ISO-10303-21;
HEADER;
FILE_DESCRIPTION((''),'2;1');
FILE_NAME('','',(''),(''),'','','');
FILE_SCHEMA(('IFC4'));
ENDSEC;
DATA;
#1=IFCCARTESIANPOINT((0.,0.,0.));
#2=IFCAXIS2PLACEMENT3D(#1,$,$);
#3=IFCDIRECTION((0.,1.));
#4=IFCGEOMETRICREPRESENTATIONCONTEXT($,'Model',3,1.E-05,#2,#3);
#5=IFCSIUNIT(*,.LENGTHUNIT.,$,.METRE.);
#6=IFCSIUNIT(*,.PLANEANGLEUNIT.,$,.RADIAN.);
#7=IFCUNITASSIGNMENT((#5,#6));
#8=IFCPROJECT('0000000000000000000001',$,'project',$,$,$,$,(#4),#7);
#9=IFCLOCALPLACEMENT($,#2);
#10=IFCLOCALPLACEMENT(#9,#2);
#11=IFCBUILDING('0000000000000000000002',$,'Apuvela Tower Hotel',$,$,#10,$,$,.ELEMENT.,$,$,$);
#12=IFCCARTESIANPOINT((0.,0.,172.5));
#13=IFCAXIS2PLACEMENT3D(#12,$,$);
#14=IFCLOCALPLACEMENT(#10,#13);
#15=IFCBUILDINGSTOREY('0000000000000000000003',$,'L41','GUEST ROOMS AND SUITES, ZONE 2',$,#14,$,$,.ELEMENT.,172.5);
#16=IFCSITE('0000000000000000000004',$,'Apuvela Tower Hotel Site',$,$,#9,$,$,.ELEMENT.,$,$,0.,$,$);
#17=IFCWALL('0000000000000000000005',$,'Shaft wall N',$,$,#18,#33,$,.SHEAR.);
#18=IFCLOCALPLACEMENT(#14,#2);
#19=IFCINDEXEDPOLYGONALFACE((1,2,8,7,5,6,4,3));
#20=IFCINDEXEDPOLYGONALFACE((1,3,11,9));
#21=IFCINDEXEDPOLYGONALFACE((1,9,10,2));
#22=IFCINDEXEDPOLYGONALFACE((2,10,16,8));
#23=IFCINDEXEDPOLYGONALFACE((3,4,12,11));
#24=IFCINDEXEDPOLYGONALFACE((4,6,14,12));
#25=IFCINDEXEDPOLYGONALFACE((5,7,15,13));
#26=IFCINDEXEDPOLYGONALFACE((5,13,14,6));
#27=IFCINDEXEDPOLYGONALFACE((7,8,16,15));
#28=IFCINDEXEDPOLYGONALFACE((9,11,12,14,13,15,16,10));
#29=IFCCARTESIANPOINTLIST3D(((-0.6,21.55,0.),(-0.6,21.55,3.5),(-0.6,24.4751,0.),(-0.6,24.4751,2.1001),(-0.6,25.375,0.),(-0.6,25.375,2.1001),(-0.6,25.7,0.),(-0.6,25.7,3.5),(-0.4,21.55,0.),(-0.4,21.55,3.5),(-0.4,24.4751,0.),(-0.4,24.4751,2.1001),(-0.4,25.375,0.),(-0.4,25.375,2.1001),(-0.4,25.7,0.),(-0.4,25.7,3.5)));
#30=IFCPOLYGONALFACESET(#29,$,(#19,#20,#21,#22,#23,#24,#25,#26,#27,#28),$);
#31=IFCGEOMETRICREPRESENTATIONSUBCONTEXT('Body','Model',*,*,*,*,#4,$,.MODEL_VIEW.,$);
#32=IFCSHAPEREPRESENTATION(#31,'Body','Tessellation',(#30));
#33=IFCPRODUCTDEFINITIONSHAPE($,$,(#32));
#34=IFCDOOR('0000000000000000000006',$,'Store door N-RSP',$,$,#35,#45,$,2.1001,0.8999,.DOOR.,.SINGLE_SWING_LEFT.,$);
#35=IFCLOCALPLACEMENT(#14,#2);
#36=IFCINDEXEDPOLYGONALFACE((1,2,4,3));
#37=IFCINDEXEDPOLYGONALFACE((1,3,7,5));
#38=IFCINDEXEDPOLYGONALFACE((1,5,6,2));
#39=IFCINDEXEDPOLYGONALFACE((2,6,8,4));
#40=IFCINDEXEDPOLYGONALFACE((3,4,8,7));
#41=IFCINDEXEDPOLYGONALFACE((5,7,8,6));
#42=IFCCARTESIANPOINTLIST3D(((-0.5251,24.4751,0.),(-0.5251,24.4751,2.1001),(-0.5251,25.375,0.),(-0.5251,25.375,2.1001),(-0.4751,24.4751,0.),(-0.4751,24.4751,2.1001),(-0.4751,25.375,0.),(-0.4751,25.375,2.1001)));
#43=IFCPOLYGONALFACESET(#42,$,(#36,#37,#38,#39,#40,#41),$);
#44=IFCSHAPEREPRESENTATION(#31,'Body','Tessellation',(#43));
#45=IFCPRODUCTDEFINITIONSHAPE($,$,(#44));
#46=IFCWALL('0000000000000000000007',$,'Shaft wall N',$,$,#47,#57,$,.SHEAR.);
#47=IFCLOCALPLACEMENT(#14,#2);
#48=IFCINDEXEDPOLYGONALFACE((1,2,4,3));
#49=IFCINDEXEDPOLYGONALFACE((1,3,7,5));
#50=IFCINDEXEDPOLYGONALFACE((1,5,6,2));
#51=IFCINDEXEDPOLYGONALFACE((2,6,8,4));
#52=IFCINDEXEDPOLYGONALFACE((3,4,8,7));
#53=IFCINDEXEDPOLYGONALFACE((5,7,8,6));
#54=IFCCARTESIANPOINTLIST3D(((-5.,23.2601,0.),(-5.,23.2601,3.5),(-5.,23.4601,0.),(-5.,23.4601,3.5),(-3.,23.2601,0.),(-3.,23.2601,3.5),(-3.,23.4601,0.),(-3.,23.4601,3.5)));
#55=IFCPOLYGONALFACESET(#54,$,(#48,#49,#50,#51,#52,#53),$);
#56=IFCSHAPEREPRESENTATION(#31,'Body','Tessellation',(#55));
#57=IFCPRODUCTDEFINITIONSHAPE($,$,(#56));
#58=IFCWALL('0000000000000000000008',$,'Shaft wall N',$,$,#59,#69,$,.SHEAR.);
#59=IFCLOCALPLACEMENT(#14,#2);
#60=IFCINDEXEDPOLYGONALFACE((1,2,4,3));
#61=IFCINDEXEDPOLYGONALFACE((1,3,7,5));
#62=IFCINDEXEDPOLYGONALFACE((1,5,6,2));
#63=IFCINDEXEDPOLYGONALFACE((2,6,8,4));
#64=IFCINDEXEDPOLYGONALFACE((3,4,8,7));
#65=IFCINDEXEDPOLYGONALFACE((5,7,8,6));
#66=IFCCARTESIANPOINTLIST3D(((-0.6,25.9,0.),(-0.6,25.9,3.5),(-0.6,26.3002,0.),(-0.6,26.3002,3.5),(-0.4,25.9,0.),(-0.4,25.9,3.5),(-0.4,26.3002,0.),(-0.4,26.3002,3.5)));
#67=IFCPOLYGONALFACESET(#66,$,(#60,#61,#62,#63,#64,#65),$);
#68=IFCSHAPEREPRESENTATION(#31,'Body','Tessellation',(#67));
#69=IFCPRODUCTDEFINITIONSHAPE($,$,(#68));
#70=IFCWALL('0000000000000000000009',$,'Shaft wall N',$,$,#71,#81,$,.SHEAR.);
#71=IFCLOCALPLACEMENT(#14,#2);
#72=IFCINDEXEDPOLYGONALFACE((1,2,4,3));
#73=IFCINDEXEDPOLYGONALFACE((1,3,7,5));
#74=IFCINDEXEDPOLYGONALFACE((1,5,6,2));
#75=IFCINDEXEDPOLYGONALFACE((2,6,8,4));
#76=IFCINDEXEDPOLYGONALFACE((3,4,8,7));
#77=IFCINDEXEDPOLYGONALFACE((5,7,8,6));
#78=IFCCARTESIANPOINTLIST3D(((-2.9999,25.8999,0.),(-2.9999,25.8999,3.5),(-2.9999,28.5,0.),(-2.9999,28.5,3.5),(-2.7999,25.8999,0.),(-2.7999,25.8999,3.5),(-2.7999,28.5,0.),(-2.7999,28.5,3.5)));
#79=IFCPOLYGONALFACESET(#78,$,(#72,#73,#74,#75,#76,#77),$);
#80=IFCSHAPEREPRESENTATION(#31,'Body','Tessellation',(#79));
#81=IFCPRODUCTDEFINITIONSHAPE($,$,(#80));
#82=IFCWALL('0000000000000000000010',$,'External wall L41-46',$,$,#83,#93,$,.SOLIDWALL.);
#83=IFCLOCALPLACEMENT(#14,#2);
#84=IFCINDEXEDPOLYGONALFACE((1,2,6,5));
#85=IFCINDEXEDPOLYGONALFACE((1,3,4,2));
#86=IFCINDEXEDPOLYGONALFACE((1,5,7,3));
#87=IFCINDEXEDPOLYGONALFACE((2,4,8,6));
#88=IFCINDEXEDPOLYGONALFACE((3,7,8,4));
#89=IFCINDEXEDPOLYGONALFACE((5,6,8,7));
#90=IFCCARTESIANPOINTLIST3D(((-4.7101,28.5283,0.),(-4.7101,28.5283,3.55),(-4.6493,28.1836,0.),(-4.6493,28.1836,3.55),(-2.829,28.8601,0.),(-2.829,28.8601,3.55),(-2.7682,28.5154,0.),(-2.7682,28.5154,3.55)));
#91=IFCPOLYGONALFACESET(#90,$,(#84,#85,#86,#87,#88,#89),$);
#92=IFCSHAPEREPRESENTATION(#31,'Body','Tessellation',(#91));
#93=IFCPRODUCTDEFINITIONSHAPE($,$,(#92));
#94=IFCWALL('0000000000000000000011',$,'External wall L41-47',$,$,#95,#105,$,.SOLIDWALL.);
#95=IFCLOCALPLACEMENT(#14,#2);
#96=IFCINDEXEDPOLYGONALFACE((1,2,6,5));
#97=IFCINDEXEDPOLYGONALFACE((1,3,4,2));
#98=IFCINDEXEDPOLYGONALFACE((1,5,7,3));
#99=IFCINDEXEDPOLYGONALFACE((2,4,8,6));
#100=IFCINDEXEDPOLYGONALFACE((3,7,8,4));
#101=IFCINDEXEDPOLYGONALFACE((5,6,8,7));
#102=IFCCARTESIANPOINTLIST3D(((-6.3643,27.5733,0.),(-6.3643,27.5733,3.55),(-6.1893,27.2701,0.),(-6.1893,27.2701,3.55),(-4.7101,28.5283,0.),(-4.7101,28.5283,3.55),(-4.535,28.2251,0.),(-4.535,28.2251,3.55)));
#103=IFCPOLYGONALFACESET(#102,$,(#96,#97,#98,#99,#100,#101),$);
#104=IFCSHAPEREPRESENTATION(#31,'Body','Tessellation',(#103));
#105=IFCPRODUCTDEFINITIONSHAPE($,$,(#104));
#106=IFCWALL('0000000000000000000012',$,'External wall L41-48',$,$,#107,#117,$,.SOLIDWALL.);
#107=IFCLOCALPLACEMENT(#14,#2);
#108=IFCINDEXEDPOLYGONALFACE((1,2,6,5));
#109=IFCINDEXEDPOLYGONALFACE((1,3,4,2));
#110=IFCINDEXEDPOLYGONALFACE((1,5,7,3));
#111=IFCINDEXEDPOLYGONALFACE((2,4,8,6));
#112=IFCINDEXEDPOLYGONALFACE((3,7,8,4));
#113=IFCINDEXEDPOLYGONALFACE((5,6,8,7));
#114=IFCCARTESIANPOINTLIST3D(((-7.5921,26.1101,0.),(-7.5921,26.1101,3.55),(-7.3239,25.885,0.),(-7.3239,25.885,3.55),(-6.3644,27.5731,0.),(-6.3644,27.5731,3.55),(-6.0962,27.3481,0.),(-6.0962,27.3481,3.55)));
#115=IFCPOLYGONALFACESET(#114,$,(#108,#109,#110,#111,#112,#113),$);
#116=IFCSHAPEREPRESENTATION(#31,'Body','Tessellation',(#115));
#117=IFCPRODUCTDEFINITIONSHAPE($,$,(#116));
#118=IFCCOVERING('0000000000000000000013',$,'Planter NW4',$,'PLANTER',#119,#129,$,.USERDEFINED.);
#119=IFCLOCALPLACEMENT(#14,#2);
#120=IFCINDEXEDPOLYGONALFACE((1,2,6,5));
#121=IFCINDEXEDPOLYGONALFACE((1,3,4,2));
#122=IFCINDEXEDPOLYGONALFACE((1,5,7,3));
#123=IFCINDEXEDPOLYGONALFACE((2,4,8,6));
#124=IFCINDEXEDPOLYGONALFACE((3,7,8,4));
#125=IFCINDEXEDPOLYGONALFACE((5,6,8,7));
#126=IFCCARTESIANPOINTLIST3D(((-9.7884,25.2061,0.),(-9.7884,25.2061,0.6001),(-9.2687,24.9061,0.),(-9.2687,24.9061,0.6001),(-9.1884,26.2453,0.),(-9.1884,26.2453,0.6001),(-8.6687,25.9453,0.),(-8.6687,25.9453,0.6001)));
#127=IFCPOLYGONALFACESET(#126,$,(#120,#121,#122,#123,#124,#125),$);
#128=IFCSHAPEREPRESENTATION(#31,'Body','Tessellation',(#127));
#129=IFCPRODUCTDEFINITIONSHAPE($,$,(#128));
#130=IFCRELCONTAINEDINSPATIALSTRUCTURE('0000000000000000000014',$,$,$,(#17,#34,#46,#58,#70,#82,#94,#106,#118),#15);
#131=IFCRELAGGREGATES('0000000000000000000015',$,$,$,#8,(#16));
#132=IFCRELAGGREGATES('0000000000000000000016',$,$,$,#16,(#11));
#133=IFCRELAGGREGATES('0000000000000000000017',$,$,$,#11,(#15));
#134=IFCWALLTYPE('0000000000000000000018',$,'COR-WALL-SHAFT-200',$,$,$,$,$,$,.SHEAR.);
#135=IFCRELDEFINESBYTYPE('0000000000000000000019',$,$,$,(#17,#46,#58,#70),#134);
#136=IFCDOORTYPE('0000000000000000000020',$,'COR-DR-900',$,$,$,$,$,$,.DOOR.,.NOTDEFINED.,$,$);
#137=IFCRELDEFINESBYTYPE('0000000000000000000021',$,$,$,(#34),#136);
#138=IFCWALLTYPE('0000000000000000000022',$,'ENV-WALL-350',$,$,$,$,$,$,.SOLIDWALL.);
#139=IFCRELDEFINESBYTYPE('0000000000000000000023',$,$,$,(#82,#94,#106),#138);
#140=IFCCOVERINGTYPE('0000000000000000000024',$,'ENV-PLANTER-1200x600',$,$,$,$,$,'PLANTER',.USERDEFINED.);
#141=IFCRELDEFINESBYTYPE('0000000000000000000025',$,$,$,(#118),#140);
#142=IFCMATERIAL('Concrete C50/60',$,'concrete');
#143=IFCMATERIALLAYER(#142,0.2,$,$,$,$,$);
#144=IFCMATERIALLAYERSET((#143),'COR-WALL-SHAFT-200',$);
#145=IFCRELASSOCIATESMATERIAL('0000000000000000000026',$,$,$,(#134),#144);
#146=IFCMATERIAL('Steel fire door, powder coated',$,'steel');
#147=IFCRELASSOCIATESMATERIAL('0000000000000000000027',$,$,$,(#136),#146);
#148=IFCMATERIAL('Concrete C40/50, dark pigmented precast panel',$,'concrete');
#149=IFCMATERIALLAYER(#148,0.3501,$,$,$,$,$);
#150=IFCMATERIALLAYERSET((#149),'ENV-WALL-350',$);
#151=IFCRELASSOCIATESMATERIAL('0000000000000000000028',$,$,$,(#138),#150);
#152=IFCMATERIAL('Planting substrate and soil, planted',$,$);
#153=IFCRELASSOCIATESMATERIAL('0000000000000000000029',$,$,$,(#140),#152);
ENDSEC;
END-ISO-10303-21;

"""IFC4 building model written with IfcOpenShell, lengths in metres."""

from ifc_helpers import new_model, si_unit, direction, frame, frame_2d, origin, origin_2d, place, context, subcontext, project, spatial, rectangle, extrude, material, layer, layer_set, type_object, element, fill, save


model = new_model("IFC4")

# Units and contexts
model_context = context("Model", 3, precision=1e-05, world=origin(), true_north=direction((0.0, 1.0)))
body_context = subcontext(model_context, "Body", "Model", "MODEL_VIEW")
ifc_project = project(units=[si_unit("LENGTHUNIT", "METRE"), si_unit("PLANEANGLEUNIT", "RADIAN")], contexts=[model_context])

# Site, building, storey
site_placement = place(None, origin())
site = spatial("IfcSite", under=ifc_project, at=site_placement, Name="Apuvela Tower Hotel Site", CompositionType="ELEMENT", RefElevation=0.0)
building_placement = place(site_placement, origin())
building = spatial("IfcBuilding", under=site, at=building_placement, Name="Apuvela Tower Hotel", CompositionType="ELEMENT")
storey_placement = place(building_placement, frame((0.0, 0.0, 172.5)))
storey = spatial("IfcBuildingStorey", under=building, at=storey_placement, Name="L41", Description="GUEST ROOMS AND SUITES, ZONE 2", CompositionType="ELEMENT", Elevation=172.5)

# Shared definitions
ifc_material_1 = material(Name="Concrete C50/60", Category="concrete")
ifc_layer_1 = layer(ifc_material_1, 0.2)
ifc_layer_set_1 = layer_set([ifc_layer_1], Name="COR-WALL-SHAFT-200")
wall_type_1 = type_object("IfcWallType", Name="COR-WALL-SHAFT-200", PredefinedType="SHEAR", material=ifc_layer_set_1)

# Wall, opening, door
wall_1_placement = place(storey_placement, frame((-0.5, 21.55, 0.0), z_axis=(0.0, 0.0, 1.0), x_axis=(0.0, 1.0, 0.0)))
wall_1 = element("IfcWall", 1, at=wall_1_placement, inside=storey, type_object=wall_type_1, Name="Shaft wall N", PredefinedType="SHEAR", context=body_context, shape_type="SweptSolid", body=[
    extrude(rectangle(XDim=4.1499, YDim=0.2, at=frame_2d((2.075, 0.0))), origin(), (0.0, 0.0, 1.0), 3.5),
])
opening_1_placement = place(wall_1_placement, frame((2.925, 0.0, 0.0)))
opening_1 = element("IfcOpeningElement", 2, at=opening_1_placement, cuts=wall_1, PredefinedType="OPENING", context=body_context, shape_type="SweptSolid", body=[
    extrude(rectangle(XDim=0.8999, YDim=2.1001, at=frame_2d((0.45, 1.05))), frame((0.0, 0.1099, 0.0), z_axis=(0.0, -1.0, 0.0), x_axis=(1.0, 0.0, 0.0)), (0.0, 0.0, 1.0), 0.22),
])
ifc_material_2 = material(Name="Steel fire door, powder coated", Category="steel")
door_type_1 = type_object("IfcDoorType", Name="COR-DR-900", OperationType="NOTDEFINED", PredefinedType="DOOR", material=ifc_material_2)
door_1_placement = place(opening_1_placement, frame((0.8999, 0.0, 0.0), z_axis=(0.0, 0.0, 1.0), x_axis=(-1.0, 0.0, 0.0)))
door_1 = element("IfcDoor", 3, at=door_1_placement, inside=storey, type_object=door_type_1, Name="Store door N-RSP", OperationType="SINGLE_SWING_LEFT", OverallHeight=2.1001, OverallWidth=0.8999, PredefinedType="DOOR", context=body_context, shape_type="SweptSolid", body=[
    extrude(rectangle(XDim=0.8999, YDim=2.1001, at=frame_2d((0.45, 1.05))), frame((0.0, 0.0249, 0.0), z_axis=(0.0, -1.0, 0.0), x_axis=(1.0, 0.0, 0.0)), (0.0, 0.0, 1.0), 0.05),
])
fill(opening_1, door_1)

# Walls
wall_2_placement = place(storey_placement, frame((-3.0, 23.3601, 0.0), z_axis=(0.0, 0.0, 1.0), x_axis=(-1.0, 0.0, 0.0)))
element("IfcWall", 4, at=wall_2_placement, inside=storey, type_object=wall_type_1, Name="Shaft wall N", PredefinedType="SHEAR", context=body_context, shape_type="SweptSolid", body=[
    extrude(rectangle(XDim=2.0, YDim=0.2, at=frame_2d((1.0, 0.0))), origin(), (0.0, 0.0, 1.0), 3.5),
])
wall_3_placement = place(storey_placement, frame((-0.5, 25.8999, 0.0), z_axis=(0.0, 0.0, 1.0), x_axis=(0.0, 1.0, 0.0)))
element("IfcWall", 5, at=wall_3_placement, inside=storey, type_object=wall_type_1, Name="Shaft wall N", PredefinedType="SHEAR", context=body_context, shape_type="SweptSolid", body=[
    extrude(rectangle(XDim=0.4001, YDim=0.2, at=frame_2d((0.2002, 0.0))), origin(), (0.0, 0.0, 1.0), 3.5),
])
wall_4_placement = place(storey_placement, frame((-2.8999, 25.8999, 0.0), z_axis=(0.0, 0.0, 1.0), x_axis=(0.0, 1.0, 0.0)))
element("IfcWall", 6, at=wall_4_placement, inside=storey, type_object=wall_type_1, Name="Shaft wall N", PredefinedType="SHEAR", context=body_context, shape_type="SweptSolid", body=[
    extrude(rectangle(XDim=2.6001, YDim=0.2, at=frame_2d((1.3, 0.0))), origin(), (0.0, 0.0, 1.0), 3.5),
])

# Shared definitions
ifc_material_3 = material(Name="Concrete C40/50, dark pigmented precast panel", Category="concrete")
ifc_layer_2 = layer(ifc_material_3, 0.3501)
ifc_layer_set_2 = layer_set([ifc_layer_2], Name="ENV-WALL-350")
wall_type_2 = type_object("IfcWallType", Name="ENV-WALL-350", PredefinedType="SOLIDWALL", material=ifc_layer_set_2)

# Walls
for number, where, z_axis, x_axis, name in (
    (7, (-2.7986, 28.6877, 0.0), (0.0, 0.0, 1.0), (-0.984799, -0.173698, 0.0), "External wall L41-46"),
    (8, (-4.6226, 28.3767, 0.0), (0.0, 0.0, 1.0), (-0.866032, -0.499988, 0.0), "External wall L41-47"),
):
    element("IfcWall", number, at=place(storey_placement, frame(where, z_axis=z_axis, x_axis=x_axis)), inside=storey, type_object=wall_type_2, Name=name, PredefinedType="SOLIDWALL", context=body_context, shape_type="SweptSolid", body=[
        extrude(rectangle(XDim=1.9102, YDim=0.3501, at=frame_2d((0.9551, 0.0))), origin(), (0.0, 0.0, 1.0), 3.55),
    ])
wall_5_placement = place(storey_placement, frame((-6.2302, 27.4607, 0.0), z_axis=(0.0, 0.0, 1.0), x_axis=(-0.642808, -0.766027, 0.0)))
element("IfcWall", 9, at=wall_5_placement, inside=storey, type_object=wall_type_2, Name="External wall L41-48", PredefinedType="SOLIDWALL", context=body_context, shape_type="SweptSolid", body=[
    extrude(rectangle(XDim=1.9099, YDim=0.3501, at=frame_2d((0.9551, 0.0))), origin(), (0.0, 0.0, 1.0), 3.55),
])

# Covering
ifc_material_4 = material(Name="Planting substrate and soil, planted")
covering_type = type_object("IfcCoveringType", Name="ENV-PLANTER-1200x600", ElementType="PLANTER", PredefinedType="USERDEFINED", material=ifc_material_4)
covering_placement = place(storey_placement, frame((-9.2285, 25.5757, 0.0), z_axis=(0.0, 0.0, 1.0), x_axis=(-0.5, -0.866025, 0.0)))
element("IfcCovering", 10, at=covering_placement, inside=storey, type_object=covering_type, Name="Planter NW4", ObjectType="PLANTER", PredefinedType="USERDEFINED", context=body_context, shape_type="SweptSolid", body=[
    extrude(rectangle(XDim=1.2, YDim=0.6001, at=origin_2d()), origin(), (0.0, 0.0, 1.0), 0.6001),
])

save(model, "model.ifc")
